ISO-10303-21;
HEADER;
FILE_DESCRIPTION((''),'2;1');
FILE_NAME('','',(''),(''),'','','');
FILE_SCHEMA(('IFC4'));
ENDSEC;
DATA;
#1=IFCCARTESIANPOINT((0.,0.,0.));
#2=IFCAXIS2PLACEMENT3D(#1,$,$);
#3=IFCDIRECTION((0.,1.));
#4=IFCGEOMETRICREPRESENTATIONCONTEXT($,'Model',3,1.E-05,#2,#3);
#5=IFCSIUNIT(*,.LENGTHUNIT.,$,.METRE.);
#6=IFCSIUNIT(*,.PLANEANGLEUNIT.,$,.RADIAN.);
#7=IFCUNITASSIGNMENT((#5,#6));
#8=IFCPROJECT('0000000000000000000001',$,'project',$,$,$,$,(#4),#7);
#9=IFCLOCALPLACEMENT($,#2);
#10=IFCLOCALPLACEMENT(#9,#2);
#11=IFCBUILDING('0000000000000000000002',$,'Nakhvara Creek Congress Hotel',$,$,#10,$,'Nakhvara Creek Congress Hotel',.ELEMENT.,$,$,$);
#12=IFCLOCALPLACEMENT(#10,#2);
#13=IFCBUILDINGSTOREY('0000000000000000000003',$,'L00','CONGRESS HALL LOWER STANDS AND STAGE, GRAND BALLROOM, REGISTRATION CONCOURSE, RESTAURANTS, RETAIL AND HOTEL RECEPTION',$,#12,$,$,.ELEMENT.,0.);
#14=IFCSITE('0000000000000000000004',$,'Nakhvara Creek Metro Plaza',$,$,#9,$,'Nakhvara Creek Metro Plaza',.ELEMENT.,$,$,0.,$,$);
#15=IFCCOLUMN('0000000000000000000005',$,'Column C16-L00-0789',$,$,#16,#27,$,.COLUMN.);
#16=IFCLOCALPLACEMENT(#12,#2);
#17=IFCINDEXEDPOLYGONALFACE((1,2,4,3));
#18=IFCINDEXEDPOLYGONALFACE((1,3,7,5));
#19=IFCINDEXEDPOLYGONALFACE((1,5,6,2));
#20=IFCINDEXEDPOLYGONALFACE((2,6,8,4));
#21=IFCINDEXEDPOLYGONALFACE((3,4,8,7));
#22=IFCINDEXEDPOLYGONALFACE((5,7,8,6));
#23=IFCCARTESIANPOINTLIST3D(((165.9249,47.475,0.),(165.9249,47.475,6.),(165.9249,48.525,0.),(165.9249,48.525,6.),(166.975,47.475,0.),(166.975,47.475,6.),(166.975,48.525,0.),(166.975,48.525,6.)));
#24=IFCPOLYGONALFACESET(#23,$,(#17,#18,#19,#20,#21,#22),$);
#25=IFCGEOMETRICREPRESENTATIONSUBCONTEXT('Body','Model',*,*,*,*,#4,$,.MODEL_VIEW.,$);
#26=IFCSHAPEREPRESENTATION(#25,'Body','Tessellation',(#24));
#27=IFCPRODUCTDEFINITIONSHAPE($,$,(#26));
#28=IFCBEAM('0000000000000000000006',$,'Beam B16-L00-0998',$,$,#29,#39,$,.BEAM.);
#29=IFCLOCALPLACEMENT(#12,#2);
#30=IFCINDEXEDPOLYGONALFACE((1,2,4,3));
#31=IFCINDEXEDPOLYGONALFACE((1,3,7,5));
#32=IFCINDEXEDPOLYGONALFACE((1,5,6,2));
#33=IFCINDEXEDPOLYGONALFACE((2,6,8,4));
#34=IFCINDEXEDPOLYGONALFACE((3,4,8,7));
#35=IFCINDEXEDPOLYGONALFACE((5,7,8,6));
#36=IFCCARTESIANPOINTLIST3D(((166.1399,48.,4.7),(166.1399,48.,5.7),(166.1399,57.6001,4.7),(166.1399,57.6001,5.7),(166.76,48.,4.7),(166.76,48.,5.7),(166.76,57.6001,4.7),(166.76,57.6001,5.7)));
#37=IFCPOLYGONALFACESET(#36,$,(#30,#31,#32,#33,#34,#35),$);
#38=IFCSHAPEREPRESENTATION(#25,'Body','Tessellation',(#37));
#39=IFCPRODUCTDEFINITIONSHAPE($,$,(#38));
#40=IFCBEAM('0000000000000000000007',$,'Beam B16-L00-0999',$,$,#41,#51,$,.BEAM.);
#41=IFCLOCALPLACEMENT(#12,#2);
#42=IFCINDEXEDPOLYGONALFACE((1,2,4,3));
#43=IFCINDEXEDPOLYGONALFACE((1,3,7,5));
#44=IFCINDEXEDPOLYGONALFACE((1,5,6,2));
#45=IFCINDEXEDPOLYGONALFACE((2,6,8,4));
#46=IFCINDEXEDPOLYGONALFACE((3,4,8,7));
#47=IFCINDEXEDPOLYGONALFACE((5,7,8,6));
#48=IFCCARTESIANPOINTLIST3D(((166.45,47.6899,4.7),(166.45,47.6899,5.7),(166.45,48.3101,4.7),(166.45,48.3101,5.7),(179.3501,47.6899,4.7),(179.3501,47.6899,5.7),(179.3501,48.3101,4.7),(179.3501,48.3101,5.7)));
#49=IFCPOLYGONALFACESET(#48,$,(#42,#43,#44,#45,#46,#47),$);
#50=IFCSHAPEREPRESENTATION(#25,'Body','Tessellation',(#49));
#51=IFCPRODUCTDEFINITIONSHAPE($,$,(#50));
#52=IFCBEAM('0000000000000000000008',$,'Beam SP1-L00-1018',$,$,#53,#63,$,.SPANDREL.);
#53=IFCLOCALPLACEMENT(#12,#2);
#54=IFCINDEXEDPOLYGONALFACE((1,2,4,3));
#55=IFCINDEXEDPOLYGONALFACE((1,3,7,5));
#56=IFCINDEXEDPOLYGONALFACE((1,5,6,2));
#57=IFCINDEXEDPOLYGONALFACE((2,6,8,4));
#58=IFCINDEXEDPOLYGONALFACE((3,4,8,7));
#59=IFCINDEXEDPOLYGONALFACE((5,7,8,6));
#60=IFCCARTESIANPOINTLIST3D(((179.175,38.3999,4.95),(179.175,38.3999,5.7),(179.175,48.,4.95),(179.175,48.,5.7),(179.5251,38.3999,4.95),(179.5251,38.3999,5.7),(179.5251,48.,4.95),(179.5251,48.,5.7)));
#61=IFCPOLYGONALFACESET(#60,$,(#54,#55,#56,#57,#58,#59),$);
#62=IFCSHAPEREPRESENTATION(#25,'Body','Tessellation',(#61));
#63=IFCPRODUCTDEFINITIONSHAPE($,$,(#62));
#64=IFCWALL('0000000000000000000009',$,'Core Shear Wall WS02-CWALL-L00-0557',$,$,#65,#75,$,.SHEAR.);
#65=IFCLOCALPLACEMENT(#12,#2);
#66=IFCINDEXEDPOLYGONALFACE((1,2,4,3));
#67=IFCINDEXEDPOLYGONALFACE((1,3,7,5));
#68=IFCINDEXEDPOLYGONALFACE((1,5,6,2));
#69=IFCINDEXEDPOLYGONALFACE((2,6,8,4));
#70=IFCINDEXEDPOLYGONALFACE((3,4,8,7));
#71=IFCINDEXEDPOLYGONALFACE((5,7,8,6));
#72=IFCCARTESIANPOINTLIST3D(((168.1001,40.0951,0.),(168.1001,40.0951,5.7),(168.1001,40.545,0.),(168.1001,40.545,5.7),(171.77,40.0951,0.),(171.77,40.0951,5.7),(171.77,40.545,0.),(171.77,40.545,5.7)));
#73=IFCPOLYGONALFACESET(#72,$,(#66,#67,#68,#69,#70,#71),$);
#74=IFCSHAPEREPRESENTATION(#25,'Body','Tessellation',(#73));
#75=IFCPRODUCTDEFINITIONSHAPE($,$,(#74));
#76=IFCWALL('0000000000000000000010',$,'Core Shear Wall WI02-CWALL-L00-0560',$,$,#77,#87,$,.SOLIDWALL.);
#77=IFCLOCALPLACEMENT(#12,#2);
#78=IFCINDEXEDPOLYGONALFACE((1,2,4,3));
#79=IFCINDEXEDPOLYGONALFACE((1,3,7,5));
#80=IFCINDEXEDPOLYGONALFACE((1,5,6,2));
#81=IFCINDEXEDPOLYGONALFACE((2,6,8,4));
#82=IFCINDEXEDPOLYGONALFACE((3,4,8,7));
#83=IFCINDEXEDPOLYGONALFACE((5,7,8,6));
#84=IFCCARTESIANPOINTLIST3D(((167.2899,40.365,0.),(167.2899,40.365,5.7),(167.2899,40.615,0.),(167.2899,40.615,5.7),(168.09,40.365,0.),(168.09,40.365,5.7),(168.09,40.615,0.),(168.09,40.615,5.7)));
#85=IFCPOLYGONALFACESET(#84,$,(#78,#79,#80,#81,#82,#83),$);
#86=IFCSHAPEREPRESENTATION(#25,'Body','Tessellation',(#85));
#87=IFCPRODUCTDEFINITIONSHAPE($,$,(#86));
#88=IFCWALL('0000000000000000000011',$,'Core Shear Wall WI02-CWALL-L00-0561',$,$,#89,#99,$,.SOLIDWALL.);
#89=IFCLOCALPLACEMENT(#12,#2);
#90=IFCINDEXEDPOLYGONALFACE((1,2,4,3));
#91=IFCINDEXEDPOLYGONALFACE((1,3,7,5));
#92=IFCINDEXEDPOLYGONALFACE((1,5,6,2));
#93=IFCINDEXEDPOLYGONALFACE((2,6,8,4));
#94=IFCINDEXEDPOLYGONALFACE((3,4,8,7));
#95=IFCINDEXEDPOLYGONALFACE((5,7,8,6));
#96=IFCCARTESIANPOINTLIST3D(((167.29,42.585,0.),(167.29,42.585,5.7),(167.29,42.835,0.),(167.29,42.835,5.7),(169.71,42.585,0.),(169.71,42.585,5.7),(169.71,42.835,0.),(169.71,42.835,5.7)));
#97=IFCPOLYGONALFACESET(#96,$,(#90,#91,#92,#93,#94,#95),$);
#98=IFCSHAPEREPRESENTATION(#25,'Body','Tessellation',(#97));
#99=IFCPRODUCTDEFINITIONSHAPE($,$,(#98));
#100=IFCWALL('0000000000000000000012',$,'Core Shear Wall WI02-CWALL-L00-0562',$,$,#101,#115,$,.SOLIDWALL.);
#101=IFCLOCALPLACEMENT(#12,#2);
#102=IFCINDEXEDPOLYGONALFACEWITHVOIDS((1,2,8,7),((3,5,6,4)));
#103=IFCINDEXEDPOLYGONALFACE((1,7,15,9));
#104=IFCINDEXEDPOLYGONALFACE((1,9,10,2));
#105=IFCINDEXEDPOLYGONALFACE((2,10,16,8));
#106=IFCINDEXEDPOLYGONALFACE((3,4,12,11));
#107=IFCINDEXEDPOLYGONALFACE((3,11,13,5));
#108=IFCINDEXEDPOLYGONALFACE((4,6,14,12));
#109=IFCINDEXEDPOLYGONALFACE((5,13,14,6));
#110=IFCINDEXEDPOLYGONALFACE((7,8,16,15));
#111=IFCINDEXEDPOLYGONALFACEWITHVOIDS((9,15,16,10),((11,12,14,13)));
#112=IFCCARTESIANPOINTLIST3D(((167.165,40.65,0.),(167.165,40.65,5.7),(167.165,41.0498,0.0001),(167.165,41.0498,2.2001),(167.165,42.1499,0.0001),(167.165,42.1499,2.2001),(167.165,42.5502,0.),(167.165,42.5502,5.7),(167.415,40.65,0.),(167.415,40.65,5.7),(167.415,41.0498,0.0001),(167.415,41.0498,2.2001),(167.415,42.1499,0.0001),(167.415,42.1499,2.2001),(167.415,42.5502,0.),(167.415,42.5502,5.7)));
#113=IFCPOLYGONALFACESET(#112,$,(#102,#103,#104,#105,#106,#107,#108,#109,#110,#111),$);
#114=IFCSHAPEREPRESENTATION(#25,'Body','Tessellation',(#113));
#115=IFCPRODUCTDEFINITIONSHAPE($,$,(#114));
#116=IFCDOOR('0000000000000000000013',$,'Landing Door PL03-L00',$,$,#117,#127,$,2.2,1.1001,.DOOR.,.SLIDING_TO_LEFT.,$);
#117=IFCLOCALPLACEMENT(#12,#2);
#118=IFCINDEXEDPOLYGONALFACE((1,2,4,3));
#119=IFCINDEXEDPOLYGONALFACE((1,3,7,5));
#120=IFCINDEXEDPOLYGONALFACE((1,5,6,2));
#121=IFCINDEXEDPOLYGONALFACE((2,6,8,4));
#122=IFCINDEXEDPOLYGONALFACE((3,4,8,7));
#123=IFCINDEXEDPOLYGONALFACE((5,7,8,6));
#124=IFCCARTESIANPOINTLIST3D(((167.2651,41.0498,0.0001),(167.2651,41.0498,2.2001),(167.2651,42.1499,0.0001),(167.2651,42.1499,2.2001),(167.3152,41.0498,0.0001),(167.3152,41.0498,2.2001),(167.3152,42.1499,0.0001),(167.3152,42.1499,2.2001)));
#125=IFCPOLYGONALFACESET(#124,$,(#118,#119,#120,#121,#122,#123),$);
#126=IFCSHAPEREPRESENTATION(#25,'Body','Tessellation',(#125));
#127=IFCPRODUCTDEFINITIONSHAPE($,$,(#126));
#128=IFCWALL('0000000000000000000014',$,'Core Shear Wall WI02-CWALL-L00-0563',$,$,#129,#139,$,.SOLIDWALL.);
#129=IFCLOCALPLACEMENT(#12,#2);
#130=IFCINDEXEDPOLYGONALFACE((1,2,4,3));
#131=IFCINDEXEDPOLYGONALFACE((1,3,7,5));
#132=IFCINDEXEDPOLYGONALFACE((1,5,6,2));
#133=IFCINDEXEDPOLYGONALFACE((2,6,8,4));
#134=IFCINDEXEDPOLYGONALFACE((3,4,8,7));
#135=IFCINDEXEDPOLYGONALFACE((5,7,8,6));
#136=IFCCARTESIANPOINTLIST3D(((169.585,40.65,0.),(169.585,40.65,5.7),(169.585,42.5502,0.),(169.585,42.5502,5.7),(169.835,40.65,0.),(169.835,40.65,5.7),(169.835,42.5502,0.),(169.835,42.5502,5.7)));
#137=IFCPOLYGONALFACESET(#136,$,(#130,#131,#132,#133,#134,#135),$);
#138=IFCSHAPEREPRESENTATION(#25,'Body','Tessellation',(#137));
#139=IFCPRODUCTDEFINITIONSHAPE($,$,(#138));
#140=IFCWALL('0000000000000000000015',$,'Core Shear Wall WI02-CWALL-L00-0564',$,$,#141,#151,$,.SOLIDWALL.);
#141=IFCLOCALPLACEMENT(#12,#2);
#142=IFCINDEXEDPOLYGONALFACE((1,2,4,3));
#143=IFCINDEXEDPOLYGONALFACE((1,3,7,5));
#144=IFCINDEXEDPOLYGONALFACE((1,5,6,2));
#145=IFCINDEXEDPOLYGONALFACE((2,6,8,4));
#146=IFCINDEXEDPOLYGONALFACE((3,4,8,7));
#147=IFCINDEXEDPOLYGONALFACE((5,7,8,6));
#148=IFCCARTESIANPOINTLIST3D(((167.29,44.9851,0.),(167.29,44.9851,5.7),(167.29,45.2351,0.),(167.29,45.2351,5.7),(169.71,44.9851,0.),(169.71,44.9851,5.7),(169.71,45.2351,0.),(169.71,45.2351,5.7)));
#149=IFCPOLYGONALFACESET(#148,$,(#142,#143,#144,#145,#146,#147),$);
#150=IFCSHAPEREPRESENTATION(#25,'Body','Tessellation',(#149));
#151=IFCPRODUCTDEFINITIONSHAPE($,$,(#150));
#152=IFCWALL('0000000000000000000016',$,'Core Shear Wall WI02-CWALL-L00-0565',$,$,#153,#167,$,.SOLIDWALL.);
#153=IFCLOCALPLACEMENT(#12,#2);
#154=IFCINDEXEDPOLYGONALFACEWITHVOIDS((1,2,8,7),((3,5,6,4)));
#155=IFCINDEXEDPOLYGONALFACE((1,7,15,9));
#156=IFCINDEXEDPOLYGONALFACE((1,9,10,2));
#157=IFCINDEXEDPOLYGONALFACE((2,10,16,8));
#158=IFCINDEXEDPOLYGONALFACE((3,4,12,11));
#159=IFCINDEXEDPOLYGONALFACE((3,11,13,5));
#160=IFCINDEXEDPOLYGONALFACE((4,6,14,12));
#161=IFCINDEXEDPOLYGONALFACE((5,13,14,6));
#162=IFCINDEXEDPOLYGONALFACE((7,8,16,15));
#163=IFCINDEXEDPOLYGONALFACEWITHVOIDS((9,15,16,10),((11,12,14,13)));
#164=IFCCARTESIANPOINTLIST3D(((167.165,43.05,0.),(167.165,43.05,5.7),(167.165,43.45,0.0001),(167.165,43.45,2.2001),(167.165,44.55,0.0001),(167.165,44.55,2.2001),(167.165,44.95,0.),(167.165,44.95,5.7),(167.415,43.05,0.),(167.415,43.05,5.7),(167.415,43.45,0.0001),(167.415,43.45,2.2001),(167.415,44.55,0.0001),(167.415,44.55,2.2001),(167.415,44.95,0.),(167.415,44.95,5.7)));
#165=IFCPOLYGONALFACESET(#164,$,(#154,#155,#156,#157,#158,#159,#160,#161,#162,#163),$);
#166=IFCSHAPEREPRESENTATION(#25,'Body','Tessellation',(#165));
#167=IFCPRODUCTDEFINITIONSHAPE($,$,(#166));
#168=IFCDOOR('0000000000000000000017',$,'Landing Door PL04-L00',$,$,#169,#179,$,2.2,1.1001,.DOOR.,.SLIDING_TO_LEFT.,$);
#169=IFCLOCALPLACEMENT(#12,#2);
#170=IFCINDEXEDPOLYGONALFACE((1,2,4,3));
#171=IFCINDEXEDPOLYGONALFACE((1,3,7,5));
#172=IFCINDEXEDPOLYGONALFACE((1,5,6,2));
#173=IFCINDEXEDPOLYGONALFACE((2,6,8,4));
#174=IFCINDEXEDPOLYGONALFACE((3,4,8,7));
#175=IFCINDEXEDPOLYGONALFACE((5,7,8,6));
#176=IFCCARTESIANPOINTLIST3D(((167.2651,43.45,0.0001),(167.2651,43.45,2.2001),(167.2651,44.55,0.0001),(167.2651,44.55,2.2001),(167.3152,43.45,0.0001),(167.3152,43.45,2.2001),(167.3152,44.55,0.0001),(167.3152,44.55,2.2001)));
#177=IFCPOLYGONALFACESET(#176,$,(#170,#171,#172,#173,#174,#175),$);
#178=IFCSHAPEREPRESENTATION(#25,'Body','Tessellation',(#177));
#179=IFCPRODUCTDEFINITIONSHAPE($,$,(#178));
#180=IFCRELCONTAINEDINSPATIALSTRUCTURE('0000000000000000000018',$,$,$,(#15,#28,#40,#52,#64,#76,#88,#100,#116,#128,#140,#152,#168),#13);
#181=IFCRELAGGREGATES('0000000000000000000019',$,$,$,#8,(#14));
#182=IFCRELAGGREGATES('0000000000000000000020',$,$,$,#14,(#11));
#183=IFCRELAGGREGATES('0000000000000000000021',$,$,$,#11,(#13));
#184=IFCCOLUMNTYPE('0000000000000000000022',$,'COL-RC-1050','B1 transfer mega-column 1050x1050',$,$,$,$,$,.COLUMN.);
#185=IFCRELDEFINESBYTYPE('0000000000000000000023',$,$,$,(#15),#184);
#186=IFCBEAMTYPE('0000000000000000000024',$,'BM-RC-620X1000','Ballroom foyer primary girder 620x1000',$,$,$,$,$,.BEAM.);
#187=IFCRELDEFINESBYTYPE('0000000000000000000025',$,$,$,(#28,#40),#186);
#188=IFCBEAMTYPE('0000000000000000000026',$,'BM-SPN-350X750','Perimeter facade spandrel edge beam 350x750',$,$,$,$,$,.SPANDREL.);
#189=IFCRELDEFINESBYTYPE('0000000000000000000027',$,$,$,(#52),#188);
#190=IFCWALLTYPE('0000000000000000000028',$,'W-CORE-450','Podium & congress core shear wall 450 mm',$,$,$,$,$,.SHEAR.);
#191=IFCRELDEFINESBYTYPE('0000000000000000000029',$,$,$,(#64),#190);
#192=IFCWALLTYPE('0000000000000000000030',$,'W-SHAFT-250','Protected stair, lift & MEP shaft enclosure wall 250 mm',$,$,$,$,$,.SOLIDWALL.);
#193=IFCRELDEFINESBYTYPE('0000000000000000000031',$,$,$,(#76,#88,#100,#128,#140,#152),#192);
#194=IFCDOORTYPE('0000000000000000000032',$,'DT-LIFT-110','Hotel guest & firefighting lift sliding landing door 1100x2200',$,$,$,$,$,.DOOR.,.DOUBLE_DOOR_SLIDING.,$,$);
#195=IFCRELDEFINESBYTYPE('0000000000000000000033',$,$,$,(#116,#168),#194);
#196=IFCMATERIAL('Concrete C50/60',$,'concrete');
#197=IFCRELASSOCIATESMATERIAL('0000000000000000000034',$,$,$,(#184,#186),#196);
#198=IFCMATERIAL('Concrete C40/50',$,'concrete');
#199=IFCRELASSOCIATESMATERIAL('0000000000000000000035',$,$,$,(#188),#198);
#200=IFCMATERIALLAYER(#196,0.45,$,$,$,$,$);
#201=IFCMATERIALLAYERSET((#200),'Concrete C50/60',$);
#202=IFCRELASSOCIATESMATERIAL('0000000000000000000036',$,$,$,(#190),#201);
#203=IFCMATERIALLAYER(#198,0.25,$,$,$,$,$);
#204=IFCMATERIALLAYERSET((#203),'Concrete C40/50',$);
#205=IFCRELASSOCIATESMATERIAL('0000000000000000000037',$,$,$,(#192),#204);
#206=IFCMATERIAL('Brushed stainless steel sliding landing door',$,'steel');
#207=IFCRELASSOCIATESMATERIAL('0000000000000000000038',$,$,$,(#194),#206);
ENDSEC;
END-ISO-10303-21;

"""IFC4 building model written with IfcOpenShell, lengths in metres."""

from ifc_helpers import new_model, si_unit, direction, frame, frame_2d, origin, origin_2d, place, context, subcontext, project, spatial, rectangle, extrude, material, layer, layer_set, material_profile, profile_set, type_object, element, fill, save


model = new_model("IFC4")

# Units and contexts
model_context = context("Model", 3, precision=1e-05, world=origin(), true_north=direction((0.0, 1.0)))
body_context = subcontext(model_context, "Body", "Model", "MODEL_VIEW")
ifc_project = project(units=[si_unit("LENGTHUNIT", "METRE"), si_unit("PLANEANGLEUNIT", "RADIAN")], contexts=[model_context])

# Site, building, storey
site_placement = place(None, origin())
site = spatial("IfcSite", under=ifc_project, at=site_placement, Name="Nakhvara Creek Metro Plaza", LongName="Nakhvara Creek Metro Plaza", CompositionType="ELEMENT", RefElevation=0.0)
building_placement = place(site_placement, origin())
building = spatial("IfcBuilding", under=site, at=building_placement, Name="Nakhvara Creek Congress Hotel", LongName="Nakhvara Creek Congress Hotel", CompositionType="ELEMENT")
storey_placement = place(building_placement, origin())
storey = spatial("IfcBuildingStorey", under=building, at=storey_placement, Name="L00", Description="CONGRESS HALL LOWER STANDS AND STAGE, GRAND BALLROOM, REGISTRATION CONCOURSE, RESTAURANTS, RETAIL AND HOTEL RECEPTION", CompositionType="ELEMENT", Elevation=0.0)

# Column
ifc_material_1 = material(Name="Concrete C50/60", Category="concrete")
ifc_material_profile_1 = material_profile(ifc_material_1, rectangle(XDim=1.05, YDim=1.05, at=origin_2d()), Name="RC-COL 1050x1050", Category="LoadBearing")
ifc_profile_set_1 = profile_set([ifc_material_profile_1], Name="Concrete C50/60")
column_type = type_object("IfcColumnType", Name="COL-RC-1050", Description="B1 transfer mega-column 1050x1050", PredefinedType="COLUMN", material=ifc_profile_set_1)
column_placement = place(storey_placement, frame((166.45, 48.0, 0.0), z_axis=(0.0, 0.0, 1.0), x_axis=(1.0, 0.0, 0.0)))
element("IfcColumn", 1, at=column_placement, inside=storey, type_object=column_type, Name="Column C16-L00-0789", PredefinedType="COLUMN", context=body_context, shape_type="SweptSolid", body=[
    extrude(rectangle(XDim=1.05, YDim=1.05, at=origin_2d()), origin(), (0.0, 0.0, 1.0), 6.0),
])

# Beams
ifc_material_profile_2 = material_profile(ifc_material_1, rectangle(XDim=0.6201, YDim=1.0, at=origin_2d()), Name="RC-BM 620x1000", Category="LoadBearing")
ifc_profile_set_2 = profile_set([ifc_material_profile_2], Name="Concrete C50/60")
beam_type_1 = type_object("IfcBeamType", Name="BM-RC-620X1000", Description="Ballroom foyer primary girder 620x1000", PredefinedType="BEAM", material=ifc_profile_set_2)
beam_1_placement = place(storey_placement, frame((166.45, 48.0, 5.2), z_axis=(0.0, 1.0, 0.0), x_axis=(-1.0, 0.0, 0.0)))
element("IfcBeam", 2, at=beam_1_placement, inside=storey, type_object=beam_type_1, Name="Beam B16-L00-0998", PredefinedType="BEAM", context=body_context, shape_type="SweptSolid", body=[
    extrude(rectangle(XDim=0.6201, YDim=1.0, at=origin_2d()), origin(), (0.0, 0.0, 1.0), 9.6001),
])
beam_2_placement = place(storey_placement, frame((166.45, 48.0, 5.2), z_axis=(1.0, 0.0, 0.0), x_axis=(0.0, 1.0, 0.0)))
element("IfcBeam", 3, at=beam_2_placement, inside=storey, type_object=beam_type_1, Name="Beam B16-L00-0999", PredefinedType="BEAM", context=body_context, shape_type="SweptSolid", body=[
    extrude(rectangle(XDim=0.6201, YDim=1.0, at=origin_2d()), origin(), (0.0, 0.0, 1.0), 12.9001),
])
ifc_material_2 = material(Name="Concrete C40/50", Category="concrete")
ifc_material_profile_3 = material_profile(ifc_material_2, rectangle(XDim=0.3501, YDim=0.75, at=origin_2d()), Name="RC-SPANDREL 350x750", Category="LoadBearing")
ifc_profile_set_3 = profile_set([ifc_material_profile_3], Name="Concrete C40/50")
beam_type_2 = type_object("IfcBeamType", Name="BM-SPN-350X750", Description="Perimeter facade spandrel edge beam 350x750", PredefinedType="SPANDREL", material=ifc_profile_set_3)
beam_3_placement = place(storey_placement, frame((179.3501, 38.3999, 5.325), z_axis=(0.0, 1.0, 0.0), x_axis=(-1.0, 0.0, 0.0)))
element("IfcBeam", 4, at=beam_3_placement, inside=storey, type_object=beam_type_2, Name="Beam SP1-L00-1018", PredefinedType="SPANDREL", context=body_context, shape_type="SweptSolid", body=[
    extrude(rectangle(XDim=0.3501, YDim=0.75, at=origin_2d()), origin(), (0.0, 0.0, 1.0), 9.6001),
])

# Walls
ifc_layer_1 = layer(ifc_material_1, 0.45)
ifc_layer_set_1 = layer_set([ifc_layer_1], Name="Concrete C50/60")
wall_type_1 = type_object("IfcWallType", Name="W-CORE-450", Description="Podium & congress core shear wall 450 mm", PredefinedType="SHEAR", material=ifc_layer_set_1)
wall_1_placement = place(storey_placement, frame((168.1001, 40.3201, 0.0), z_axis=(0.0, 0.0, 1.0), x_axis=(1.0, 0.0, 0.0)))
element("IfcWall", 5, at=wall_1_placement, inside=storey, type_object=wall_type_1, Name="Core Shear Wall WS02-CWALL-L00-0557", PredefinedType="SHEAR", context=body_context, shape_type="SweptSolid", body=[
    extrude(rectangle(XDim=3.6699, YDim=0.45, at=frame_2d((1.835, 0.0))), origin(), (0.0, 0.0, 1.0), 5.7),
])
ifc_layer_2 = layer(ifc_material_2, 0.25)
ifc_layer_set_2 = layer_set([ifc_layer_2], Name="Concrete C40/50")
wall_type_2 = type_object("IfcWallType", Name="W-SHAFT-250", Description="Protected stair, lift & MEP shaft enclosure wall 250 mm", PredefinedType="SOLIDWALL", material=ifc_layer_set_2)
wall_2_placement = place(storey_placement, frame((167.29, 40.49, 0.0), z_axis=(0.0, 0.0, 1.0), x_axis=(1.0, 0.0, 0.0)))
element("IfcWall", 6, at=wall_2_placement, inside=storey, type_object=wall_type_2, Name="Core Shear Wall WI02-CWALL-L00-0560", PredefinedType="SOLIDWALL", context=body_context, shape_type="SweptSolid", body=[
    extrude(rectangle(XDim=0.8, YDim=0.25, at=frame_2d((0.3999, 0.0))), origin(), (0.0, 0.0, 1.0), 5.7),
])
wall_3_placement = place(storey_placement, frame((167.29, 42.71, 0.0), z_axis=(0.0, 0.0, 1.0), x_axis=(1.0, 0.0, 0.0)))
element("IfcWall", 7, at=wall_3_placement, inside=storey, type_object=wall_type_2, Name="Core Shear Wall WI02-CWALL-L00-0561", PredefinedType="SOLIDWALL", context=body_context, shape_type="SweptSolid", body=[
    extrude(rectangle(XDim=2.4199, YDim=0.25, at=frame_2d((1.21, 0.0))), origin(), (0.0, 0.0, 1.0), 5.7),
])

# Wall, opening, door
wall_4_placement = place(storey_placement, frame((167.29, 40.6499, 0.0), z_axis=(0.0, 0.0, 1.0), x_axis=(0.0, 1.0, 0.0)))
wall_4 = element("IfcWall", 8, at=wall_4_placement, inside=storey, type_object=wall_type_2, Name="Core Shear Wall WI02-CWALL-L00-0562", PredefinedType="SOLIDWALL", context=body_context, shape_type="SweptSolid", body=[
    extrude(rectangle(XDim=1.9001, YDim=0.25, at=frame_2d((0.9502, 0.0))), origin(), (0.0, 0.0, 1.0), 5.7),
])
opening_1_placement = place(wall_4_placement, frame((0.3999, 0.0, 0.0)))
opening_1 = element("IfcOpeningElement", 9, at=opening_1_placement, cuts=wall_4, PredefinedType="OPENING", context=body_context, shape_type="SweptSolid", body=[
    extrude(rectangle(XDim=1.1001, YDim=2.2, at=frame_2d((0.55, 1.1001))), frame((0.0, 0.137, 0.0), z_axis=(0.0, -1.0, 0.0), x_axis=(1.0, 0.0, 0.0)), (0.0, 0.0, 1.0), 0.2739),
])
ifc_material_3 = material(Name="Brushed stainless steel sliding landing door", Category="steel")
door_type = type_object("IfcDoorType", Name="DT-LIFT-110", Description="Hotel guest & firefighting lift sliding landing door 1100x2200", OperationType="DOUBLE_DOOR_SLIDING", PredefinedType="DOOR", material=ifc_material_3)
door_1_placement = place(opening_1_placement, origin())
door_1 = element("IfcDoor", 10, at=door_1_placement, inside=storey, type_object=door_type, Name="Landing Door PL03-L00", OperationType="SLIDING_TO_LEFT", OverallHeight=2.2, OverallWidth=1.1001, PredefinedType="DOOR", context=body_context, shape_type="SweptSolid", body=[
    extrude(rectangle(XDim=1.1001, YDim=2.2, at=frame_2d((0.55, 1.1001))), frame((0.0, 0.0249, 0.0), z_axis=(0.0, -1.0, 0.0), x_axis=(1.0, 0.0, 0.0)), (0.0, 0.0, 1.0), 0.05),
])
fill(opening_1, door_1)

# Walls
wall_5_placement = place(storey_placement, frame((169.71, 40.6499, 0.0), z_axis=(0.0, 0.0, 1.0), x_axis=(0.0, 1.0, 0.0)))
element("IfcWall", 11, at=wall_5_placement, inside=storey, type_object=wall_type_2, Name="Core Shear Wall WI02-CWALL-L00-0563", PredefinedType="SOLIDWALL", context=body_context, shape_type="SweptSolid", body=[
    extrude(rectangle(XDim=1.9001, YDim=0.25, at=frame_2d((0.9502, 0.0))), origin(), (0.0, 0.0, 1.0), 5.7),
])
wall_6_placement = place(storey_placement, frame((167.29, 45.1101, 0.0), z_axis=(0.0, 0.0, 1.0), x_axis=(1.0, 0.0, 0.0)))
element("IfcWall", 12, at=wall_6_placement, inside=storey, type_object=wall_type_2, Name="Core Shear Wall WI02-CWALL-L00-0564", PredefinedType="SOLIDWALL", context=body_context, shape_type="SweptSolid", body=[
    extrude(rectangle(XDim=2.4199, YDim=0.25, at=frame_2d((1.21, 0.0))), origin(), (0.0, 0.0, 1.0), 5.7),
])

# Wall, opening, door
wall_7_placement = place(storey_placement, frame((167.29, 43.05, 0.0), z_axis=(0.0, 0.0, 1.0), x_axis=(0.0, 1.0, 0.0)))
wall_7 = element("IfcWall", 13, at=wall_7_placement, inside=storey, type_object=wall_type_2, Name="Core Shear Wall WI02-CWALL-L00-0565", PredefinedType="SOLIDWALL", context=body_context, shape_type="SweptSolid", body=[
    extrude(rectangle(XDim=1.8999, YDim=0.25, at=frame_2d((0.95, 0.0))), origin(), (0.0, 0.0, 1.0), 5.7),
])
opening_2_placement = place(wall_7_placement, frame((0.3999, 0.0, 0.0)))
opening_2 = element("IfcOpeningElement", 14, at=opening_2_placement, cuts=wall_7, PredefinedType="OPENING", context=body_context, shape_type="SweptSolid", body=[
    extrude(rectangle(XDim=1.1001, YDim=2.2, at=frame_2d((0.55, 1.1001))), frame((0.0, 0.137, 0.0), z_axis=(0.0, -1.0, 0.0), x_axis=(1.0, 0.0, 0.0)), (0.0, 0.0, 1.0), 0.2739),
])
door_2_placement = place(opening_2_placement, origin())
door_2 = element("IfcDoor", 15, at=door_2_placement, inside=storey, type_object=door_type, Name="Landing Door PL04-L00", OperationType="SLIDING_TO_LEFT", OverallHeight=2.2, OverallWidth=1.1001, PredefinedType="DOOR", context=body_context, shape_type="SweptSolid", body=[
    extrude(rectangle(XDim=1.1001, YDim=2.2, at=frame_2d((0.55, 1.1001))), frame((0.0, 0.0249, 0.0), z_axis=(0.0, -1.0, 0.0), x_axis=(1.0, 0.0, 0.0)), (0.0, 0.0, 1.0), 0.05),
])
fill(opening_2, door_2)

save(model, "model.ifc")
